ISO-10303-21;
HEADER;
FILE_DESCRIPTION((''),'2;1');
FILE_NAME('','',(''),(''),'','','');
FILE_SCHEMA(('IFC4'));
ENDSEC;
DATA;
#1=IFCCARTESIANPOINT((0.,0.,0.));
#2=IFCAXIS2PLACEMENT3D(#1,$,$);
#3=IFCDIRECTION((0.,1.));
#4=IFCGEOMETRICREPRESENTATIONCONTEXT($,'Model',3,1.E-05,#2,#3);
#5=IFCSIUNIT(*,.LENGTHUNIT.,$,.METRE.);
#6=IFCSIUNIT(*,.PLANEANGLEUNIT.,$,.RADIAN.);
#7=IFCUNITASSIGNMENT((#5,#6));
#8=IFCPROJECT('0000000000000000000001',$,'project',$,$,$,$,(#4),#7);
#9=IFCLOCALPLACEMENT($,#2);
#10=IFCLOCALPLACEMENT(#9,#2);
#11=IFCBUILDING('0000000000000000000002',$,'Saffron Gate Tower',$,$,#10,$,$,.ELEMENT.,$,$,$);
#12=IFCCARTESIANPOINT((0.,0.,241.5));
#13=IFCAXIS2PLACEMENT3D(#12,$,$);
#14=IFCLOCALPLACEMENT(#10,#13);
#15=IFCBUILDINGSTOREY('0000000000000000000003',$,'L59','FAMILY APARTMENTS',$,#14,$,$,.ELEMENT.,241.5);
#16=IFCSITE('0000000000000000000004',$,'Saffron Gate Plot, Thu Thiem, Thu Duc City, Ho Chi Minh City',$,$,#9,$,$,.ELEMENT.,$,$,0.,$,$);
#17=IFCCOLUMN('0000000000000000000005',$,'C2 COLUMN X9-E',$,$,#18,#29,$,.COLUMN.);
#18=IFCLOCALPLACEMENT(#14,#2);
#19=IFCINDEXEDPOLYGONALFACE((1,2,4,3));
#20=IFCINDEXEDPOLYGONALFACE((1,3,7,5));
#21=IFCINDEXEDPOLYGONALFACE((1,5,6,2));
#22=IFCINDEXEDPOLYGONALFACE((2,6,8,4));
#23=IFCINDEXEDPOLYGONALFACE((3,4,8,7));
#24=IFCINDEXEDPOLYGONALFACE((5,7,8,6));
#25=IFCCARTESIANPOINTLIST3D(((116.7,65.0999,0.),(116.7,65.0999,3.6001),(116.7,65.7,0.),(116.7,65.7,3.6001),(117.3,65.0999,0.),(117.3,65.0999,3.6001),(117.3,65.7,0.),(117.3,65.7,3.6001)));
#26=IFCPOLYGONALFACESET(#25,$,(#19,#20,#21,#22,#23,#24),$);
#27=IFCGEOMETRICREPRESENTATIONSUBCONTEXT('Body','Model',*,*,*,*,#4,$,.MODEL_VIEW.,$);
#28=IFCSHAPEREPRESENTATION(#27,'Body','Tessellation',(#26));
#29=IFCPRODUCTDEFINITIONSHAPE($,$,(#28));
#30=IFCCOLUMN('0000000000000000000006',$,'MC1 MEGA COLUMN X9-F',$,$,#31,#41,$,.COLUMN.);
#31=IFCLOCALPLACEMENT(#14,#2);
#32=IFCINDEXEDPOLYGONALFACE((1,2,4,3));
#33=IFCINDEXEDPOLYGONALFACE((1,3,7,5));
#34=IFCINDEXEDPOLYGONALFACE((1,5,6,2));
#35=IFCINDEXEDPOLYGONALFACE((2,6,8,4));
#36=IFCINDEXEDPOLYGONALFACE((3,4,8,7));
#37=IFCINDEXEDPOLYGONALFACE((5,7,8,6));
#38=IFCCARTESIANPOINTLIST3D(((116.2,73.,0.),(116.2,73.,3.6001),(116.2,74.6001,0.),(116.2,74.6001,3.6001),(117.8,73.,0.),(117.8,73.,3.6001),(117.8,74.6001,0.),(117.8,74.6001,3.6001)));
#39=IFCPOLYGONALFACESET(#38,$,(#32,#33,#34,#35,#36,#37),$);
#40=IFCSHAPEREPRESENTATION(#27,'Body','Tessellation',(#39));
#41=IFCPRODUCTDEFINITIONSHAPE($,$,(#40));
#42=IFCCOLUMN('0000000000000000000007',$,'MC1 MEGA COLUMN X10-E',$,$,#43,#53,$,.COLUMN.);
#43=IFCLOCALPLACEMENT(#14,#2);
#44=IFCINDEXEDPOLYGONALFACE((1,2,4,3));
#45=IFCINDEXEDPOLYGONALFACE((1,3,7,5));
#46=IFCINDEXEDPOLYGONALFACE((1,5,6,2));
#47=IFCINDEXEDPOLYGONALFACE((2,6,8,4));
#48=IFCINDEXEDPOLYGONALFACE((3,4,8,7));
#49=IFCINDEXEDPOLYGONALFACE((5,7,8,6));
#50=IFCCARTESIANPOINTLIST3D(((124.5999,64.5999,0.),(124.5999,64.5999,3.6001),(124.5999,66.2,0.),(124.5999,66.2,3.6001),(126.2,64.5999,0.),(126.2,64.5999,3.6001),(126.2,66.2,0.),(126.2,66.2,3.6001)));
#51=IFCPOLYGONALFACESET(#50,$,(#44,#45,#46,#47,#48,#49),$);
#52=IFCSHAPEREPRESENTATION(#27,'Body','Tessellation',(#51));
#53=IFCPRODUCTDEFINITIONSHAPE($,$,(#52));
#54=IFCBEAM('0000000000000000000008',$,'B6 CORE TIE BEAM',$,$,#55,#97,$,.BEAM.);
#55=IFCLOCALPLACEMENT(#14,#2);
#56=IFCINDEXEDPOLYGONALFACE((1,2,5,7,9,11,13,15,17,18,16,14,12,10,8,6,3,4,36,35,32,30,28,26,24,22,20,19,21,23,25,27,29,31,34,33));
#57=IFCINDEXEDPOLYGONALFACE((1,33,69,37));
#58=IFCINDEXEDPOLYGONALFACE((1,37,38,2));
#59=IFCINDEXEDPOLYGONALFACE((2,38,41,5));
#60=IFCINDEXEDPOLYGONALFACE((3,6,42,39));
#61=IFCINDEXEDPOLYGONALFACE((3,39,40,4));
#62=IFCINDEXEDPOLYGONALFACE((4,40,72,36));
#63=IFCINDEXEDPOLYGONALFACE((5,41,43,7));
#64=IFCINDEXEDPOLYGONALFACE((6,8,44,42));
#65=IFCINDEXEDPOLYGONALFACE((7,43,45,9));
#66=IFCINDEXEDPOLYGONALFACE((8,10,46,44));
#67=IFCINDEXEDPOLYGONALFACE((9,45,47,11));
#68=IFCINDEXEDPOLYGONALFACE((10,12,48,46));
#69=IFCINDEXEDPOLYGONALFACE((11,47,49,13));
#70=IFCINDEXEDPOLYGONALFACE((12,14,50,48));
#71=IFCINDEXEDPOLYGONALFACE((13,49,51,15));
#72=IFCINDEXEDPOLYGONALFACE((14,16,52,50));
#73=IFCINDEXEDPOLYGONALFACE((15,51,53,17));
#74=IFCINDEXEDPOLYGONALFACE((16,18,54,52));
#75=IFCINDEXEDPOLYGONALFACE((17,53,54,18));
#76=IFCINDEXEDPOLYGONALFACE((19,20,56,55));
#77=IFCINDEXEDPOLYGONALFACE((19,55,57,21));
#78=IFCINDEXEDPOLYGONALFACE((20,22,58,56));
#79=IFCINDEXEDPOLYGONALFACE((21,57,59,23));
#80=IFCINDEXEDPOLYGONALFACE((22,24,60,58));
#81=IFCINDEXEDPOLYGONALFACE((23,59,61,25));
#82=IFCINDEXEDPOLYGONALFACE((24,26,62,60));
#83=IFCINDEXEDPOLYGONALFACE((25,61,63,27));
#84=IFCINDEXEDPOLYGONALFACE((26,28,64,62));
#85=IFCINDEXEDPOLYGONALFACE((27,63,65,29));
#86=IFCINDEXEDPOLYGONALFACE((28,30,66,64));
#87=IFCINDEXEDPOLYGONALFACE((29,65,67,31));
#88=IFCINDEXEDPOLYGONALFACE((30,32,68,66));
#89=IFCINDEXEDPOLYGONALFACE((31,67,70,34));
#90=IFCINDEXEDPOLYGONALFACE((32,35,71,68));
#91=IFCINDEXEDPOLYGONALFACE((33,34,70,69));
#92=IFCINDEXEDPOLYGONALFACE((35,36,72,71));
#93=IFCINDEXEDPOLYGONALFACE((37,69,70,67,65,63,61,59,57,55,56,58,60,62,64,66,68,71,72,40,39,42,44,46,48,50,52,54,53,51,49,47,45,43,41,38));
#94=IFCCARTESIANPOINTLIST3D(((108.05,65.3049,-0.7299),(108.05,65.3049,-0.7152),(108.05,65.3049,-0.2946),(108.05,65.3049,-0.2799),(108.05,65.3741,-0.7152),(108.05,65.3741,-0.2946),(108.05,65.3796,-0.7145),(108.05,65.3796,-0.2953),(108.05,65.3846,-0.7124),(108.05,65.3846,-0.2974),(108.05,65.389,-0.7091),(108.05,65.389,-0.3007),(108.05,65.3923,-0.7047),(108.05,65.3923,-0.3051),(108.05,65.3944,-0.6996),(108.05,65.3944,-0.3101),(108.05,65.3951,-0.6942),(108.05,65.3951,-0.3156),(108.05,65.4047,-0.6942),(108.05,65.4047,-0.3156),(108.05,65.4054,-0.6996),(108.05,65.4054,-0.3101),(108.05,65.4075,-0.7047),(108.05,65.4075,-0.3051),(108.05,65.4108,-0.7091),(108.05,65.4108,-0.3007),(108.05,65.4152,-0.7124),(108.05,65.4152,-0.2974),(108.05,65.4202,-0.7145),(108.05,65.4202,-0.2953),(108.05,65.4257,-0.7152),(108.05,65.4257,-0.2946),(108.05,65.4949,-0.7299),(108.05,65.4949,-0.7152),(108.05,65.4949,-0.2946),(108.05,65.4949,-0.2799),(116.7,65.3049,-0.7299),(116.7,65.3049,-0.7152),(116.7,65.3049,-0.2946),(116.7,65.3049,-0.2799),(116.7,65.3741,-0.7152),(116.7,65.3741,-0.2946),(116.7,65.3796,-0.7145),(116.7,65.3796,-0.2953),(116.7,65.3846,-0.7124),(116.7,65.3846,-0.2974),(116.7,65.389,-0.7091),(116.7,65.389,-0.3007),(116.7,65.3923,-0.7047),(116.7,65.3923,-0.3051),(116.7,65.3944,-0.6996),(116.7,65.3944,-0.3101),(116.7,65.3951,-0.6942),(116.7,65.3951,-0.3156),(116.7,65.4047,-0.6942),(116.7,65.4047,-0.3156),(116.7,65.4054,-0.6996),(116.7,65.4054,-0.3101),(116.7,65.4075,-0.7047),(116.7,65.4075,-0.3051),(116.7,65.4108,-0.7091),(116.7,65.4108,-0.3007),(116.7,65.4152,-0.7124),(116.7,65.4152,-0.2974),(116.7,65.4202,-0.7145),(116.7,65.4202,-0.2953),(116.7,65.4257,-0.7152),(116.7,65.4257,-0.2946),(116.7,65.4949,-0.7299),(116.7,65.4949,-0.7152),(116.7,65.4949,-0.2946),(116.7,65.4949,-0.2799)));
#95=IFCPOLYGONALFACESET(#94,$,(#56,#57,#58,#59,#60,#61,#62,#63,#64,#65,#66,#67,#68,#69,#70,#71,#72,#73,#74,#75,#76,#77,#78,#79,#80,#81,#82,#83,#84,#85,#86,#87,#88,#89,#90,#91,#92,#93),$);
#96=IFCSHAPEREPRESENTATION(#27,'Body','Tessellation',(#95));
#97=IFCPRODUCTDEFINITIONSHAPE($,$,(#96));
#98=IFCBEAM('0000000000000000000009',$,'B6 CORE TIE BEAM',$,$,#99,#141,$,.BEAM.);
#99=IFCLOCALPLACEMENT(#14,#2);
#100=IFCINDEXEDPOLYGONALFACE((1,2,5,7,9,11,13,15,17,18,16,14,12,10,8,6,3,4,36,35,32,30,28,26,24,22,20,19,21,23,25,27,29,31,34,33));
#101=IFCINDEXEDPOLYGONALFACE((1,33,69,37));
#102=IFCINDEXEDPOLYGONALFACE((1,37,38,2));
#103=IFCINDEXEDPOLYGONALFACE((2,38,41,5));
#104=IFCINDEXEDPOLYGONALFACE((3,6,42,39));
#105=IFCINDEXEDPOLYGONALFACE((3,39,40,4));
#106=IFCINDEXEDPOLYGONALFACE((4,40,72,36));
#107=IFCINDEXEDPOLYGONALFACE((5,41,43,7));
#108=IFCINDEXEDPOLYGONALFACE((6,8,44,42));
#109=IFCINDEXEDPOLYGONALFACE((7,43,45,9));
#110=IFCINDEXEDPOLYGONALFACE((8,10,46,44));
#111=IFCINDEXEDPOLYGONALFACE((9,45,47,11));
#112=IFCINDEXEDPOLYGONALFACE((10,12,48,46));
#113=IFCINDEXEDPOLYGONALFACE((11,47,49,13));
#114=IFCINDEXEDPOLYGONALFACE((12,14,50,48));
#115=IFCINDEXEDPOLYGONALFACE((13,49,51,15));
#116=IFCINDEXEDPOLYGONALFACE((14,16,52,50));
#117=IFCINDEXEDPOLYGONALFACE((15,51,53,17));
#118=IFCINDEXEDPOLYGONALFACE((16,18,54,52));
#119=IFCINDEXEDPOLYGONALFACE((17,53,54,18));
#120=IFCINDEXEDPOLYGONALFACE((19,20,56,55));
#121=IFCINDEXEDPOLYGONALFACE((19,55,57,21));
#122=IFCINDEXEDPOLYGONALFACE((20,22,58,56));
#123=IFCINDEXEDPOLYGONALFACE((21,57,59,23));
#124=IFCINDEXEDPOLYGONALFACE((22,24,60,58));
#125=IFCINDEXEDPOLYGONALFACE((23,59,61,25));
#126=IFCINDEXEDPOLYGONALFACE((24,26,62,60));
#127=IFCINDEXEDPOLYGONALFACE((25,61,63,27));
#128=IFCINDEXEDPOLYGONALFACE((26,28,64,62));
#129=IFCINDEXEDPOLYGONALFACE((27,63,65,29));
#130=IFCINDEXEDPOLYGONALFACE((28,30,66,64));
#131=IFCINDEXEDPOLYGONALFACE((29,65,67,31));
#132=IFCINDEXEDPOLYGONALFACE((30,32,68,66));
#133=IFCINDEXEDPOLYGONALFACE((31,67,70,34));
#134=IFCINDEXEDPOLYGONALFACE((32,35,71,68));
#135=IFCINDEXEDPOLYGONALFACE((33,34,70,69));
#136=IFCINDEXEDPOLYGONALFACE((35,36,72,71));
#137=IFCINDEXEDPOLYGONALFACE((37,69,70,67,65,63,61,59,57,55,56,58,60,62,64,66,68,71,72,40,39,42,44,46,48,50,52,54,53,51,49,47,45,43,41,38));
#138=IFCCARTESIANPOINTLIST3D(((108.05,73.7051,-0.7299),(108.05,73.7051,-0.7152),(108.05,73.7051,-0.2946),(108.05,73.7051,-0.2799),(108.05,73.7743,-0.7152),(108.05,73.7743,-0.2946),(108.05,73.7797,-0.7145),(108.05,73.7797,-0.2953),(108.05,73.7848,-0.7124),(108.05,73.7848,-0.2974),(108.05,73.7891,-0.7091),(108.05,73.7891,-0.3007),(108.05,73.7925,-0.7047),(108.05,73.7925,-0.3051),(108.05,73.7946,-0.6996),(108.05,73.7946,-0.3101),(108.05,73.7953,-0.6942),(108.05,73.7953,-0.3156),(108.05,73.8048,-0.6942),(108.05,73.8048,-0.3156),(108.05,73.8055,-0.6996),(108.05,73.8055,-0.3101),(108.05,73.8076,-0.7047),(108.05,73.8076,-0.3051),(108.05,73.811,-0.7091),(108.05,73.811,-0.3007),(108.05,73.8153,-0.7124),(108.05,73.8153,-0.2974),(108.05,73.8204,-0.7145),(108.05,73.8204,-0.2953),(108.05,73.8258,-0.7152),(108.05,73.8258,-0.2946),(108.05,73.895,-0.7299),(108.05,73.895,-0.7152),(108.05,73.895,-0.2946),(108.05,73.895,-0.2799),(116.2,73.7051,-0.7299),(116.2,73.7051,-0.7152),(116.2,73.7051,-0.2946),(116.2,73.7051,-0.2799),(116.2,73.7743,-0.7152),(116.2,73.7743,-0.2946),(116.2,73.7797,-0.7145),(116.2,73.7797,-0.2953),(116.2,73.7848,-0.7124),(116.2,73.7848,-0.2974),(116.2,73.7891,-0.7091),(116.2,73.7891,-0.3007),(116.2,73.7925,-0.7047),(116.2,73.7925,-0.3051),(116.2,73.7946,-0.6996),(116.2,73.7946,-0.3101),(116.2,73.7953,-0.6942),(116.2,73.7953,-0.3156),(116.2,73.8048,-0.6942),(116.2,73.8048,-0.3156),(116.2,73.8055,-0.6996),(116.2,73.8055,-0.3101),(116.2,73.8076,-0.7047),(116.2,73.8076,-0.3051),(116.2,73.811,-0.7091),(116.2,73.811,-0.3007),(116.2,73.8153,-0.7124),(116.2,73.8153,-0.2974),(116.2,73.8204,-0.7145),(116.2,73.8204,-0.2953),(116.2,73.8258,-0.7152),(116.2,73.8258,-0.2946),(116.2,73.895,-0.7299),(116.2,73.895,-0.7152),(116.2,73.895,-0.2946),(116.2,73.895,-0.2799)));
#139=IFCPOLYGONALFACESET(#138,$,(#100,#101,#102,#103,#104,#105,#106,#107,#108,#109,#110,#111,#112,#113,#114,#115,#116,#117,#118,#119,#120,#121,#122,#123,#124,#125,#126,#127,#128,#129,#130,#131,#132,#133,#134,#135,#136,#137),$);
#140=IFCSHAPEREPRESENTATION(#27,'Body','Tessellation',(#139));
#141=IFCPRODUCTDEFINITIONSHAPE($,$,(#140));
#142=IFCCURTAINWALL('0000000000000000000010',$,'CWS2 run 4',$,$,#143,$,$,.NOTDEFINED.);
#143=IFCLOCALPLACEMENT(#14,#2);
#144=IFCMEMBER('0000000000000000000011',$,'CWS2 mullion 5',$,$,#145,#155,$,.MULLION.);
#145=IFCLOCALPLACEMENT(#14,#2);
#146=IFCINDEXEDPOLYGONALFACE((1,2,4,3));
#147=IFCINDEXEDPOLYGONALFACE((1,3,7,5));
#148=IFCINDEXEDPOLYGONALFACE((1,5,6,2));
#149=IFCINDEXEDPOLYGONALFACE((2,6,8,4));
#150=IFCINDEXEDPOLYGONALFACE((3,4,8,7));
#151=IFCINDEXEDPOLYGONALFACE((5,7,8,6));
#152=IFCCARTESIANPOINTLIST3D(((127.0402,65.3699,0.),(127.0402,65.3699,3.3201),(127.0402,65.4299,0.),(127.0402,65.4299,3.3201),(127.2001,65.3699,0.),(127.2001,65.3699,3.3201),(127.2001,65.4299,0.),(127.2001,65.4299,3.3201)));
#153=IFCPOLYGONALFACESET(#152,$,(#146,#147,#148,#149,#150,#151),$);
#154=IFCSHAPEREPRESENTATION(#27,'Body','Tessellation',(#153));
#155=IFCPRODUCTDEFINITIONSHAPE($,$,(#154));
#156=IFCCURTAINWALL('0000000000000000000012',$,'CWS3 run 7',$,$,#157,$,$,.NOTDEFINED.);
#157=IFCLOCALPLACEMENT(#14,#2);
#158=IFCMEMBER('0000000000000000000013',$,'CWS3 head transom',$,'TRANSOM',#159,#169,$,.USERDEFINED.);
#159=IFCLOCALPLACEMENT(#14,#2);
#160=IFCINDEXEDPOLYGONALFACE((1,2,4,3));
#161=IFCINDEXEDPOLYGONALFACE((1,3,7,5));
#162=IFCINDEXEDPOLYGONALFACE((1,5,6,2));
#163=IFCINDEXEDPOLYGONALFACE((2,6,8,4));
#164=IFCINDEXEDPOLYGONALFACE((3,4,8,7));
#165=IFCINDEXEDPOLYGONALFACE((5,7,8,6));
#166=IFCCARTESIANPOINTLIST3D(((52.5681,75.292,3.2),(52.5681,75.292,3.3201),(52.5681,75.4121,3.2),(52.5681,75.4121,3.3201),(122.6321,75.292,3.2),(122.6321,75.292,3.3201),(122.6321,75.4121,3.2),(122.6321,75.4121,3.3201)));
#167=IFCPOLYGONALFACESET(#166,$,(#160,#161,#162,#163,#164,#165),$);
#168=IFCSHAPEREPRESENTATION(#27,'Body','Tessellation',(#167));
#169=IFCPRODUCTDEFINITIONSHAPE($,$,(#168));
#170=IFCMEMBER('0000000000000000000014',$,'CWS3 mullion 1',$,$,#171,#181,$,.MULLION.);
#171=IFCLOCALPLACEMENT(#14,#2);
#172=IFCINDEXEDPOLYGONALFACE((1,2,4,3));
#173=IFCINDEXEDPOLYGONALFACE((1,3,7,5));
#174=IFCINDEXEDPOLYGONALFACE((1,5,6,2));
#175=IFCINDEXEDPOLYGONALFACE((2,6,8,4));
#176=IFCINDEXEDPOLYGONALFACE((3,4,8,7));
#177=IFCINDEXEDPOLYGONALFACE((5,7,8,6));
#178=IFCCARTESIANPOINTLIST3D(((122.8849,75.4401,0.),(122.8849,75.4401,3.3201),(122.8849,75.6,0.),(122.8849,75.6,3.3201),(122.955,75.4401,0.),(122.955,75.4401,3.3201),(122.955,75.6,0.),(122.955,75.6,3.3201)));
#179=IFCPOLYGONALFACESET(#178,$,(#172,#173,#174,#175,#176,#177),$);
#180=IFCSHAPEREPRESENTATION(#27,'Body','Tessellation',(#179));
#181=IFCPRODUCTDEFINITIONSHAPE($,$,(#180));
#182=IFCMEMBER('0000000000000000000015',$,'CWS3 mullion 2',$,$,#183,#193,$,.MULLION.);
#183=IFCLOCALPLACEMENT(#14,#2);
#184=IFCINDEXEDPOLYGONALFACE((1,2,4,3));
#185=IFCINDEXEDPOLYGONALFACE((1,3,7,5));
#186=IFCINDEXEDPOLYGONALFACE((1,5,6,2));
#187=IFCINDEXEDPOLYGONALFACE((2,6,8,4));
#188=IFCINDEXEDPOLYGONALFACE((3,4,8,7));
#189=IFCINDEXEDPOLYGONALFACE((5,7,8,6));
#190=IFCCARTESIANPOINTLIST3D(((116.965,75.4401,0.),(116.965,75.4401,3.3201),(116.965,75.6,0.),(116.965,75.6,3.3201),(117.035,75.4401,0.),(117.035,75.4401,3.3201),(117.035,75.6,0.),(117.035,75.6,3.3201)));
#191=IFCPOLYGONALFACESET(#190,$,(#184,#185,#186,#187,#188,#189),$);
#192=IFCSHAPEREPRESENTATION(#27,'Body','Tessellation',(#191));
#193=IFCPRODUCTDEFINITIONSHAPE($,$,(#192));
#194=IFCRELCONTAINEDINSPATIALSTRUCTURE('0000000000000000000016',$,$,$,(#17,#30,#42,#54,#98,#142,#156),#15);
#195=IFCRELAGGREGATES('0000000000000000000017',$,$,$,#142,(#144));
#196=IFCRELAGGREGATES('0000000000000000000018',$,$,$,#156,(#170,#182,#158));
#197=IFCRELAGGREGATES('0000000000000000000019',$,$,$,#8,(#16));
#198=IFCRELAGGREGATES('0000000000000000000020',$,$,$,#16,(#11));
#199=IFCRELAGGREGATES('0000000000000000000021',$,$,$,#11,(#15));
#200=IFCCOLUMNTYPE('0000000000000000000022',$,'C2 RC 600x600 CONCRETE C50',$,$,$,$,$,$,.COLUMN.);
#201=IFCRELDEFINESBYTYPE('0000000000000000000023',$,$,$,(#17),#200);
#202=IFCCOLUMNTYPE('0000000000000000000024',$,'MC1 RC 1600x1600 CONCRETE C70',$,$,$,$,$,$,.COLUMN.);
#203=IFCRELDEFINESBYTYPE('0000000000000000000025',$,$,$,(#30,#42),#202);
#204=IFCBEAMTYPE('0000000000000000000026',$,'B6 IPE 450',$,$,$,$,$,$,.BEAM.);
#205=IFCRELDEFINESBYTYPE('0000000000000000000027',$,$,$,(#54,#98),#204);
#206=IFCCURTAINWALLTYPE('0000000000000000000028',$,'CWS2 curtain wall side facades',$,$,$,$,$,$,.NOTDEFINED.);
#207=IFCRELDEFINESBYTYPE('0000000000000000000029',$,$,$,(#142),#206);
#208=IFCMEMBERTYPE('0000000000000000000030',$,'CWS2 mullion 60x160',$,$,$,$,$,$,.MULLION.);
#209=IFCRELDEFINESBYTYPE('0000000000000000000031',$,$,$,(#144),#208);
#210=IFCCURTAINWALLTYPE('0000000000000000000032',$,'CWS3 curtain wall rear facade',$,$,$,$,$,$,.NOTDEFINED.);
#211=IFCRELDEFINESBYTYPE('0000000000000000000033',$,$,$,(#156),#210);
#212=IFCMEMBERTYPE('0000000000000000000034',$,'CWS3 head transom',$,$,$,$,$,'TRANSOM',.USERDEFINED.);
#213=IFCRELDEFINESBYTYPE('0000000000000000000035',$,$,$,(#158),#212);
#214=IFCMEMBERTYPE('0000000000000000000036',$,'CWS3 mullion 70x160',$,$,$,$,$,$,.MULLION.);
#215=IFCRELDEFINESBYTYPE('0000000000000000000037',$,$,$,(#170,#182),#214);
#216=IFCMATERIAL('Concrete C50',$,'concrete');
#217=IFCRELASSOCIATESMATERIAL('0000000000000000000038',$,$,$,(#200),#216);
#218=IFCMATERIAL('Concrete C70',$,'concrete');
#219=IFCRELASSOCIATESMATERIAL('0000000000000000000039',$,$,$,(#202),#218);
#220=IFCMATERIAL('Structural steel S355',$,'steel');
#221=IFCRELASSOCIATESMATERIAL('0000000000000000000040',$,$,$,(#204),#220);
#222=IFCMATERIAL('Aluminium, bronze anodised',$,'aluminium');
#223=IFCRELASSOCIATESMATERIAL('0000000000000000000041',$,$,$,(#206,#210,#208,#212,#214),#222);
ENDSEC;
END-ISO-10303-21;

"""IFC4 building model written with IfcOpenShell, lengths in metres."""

from ifc_helpers import new_model, si_unit, direction, frame, origin, origin_2d, place, context, subcontext, project, spatial, rectangle, i_section, extrude, material, material_profile, profile_set, type_object, element, aggregate, save


model = new_model("IFC4")

# Units and contexts
model_context = context("Model", 3, precision=1e-05, world=origin(), true_north=direction((0.0, 1.0)))
body_context = subcontext(model_context, "Body", "Model", "MODEL_VIEW")
ifc_project = project(units=[si_unit("LENGTHUNIT", "METRE"), si_unit("PLANEANGLEUNIT", "RADIAN")], contexts=[model_context])

# Site, building, storey
site_placement = place(None, origin())
site = spatial("IfcSite", under=ifc_project, at=site_placement, Name="Saffron Gate Plot, Thu Thiem, Thu Duc City, Ho Chi Minh City", CompositionType="ELEMENT", RefElevation=0.0)
building_placement = place(site_placement, origin())
building = spatial("IfcBuilding", under=site, at=building_placement, Name="Saffron Gate Tower", CompositionType="ELEMENT")
storey_placement = place(building_placement, frame((0.0, 0.0, 241.5)))
storey = spatial("IfcBuildingStorey", under=building, at=storey_placement, Name="L59", Description="FAMILY APARTMENTS", CompositionType="ELEMENT", Elevation=241.5)

# Columns
ifc_material_1 = material(Name="Concrete C50", Category="concrete")
ifc_material_profile_1 = material_profile(ifc_material_1, rectangle(XDim=0.6001, YDim=0.6001, at=origin_2d()))
ifc_profile_set_1 = profile_set([ifc_material_profile_1], Name="Concrete C50")
column_type_1 = type_object("IfcColumnType", Name="C2 RC 600x600 CONCRETE C50", PredefinedType="COLUMN", material=ifc_profile_set_1)
column_placement = place(storey_placement, frame((117.0, 65.3999, 0.0), z_axis=(0.0, 0.0, 1.0), x_axis=(1.0, 0.0, 0.0)))
element("IfcColumn", 1, at=column_placement, inside=storey, type_object=column_type_1, Name="C2 COLUMN X9-E", PredefinedType="COLUMN", context=body_context, shape_type="SweptSolid", body=[
    extrude(rectangle(XDim=0.6001, YDim=0.6001, at=origin_2d()), origin(), (0.0, 0.0, 1.0), 3.6001),
])
ifc_material_2 = material(Name="Concrete C70", Category="concrete")
ifc_material_profile_2 = material_profile(ifc_material_2, rectangle(XDim=1.6001, YDim=1.6001, at=origin_2d()))
ifc_profile_set_2 = profile_set([ifc_material_profile_2], Name="Concrete C70")
column_type_2 = type_object("IfcColumnType", Name="MC1 RC 1600x1600 CONCRETE C70", PredefinedType="COLUMN", material=ifc_profile_set_2)
for number, where, z_axis, x_axis, name in (
    (2, (117.0, 73.8, 0.0), (0.0, 0.0, 1.0), (1.0, 0.0, 0.0), "MC1 MEGA COLUMN X9-F"),
    (3, (125.3999, 65.3999, 0.0), (0.0, 0.0, 1.0), (1.0, 0.0, 0.0), "MC1 MEGA COLUMN X10-E"),
):
    element("IfcColumn", number, at=place(storey_placement, frame(where, z_axis=z_axis, x_axis=x_axis)), inside=storey, type_object=column_type_2, Name=name, PredefinedType="COLUMN", context=body_context, shape_type="SweptSolid", body=[
        extrude(rectangle(XDim=1.6001, YDim=1.6001, at=origin_2d()), origin(), (0.0, 0.0, 1.0), 3.6001),
    ])

# Beams
ifc_material_3 = material(Name="Structural steel S355", Category="steel")
ifc_material_profile_3 = material_profile(ifc_material_3, i_section(OverallWidth=0.1899, OverallDepth=0.45, WebThickness=0.0095, FlangeThickness=0.0146, FilletRadius=0.021, at=origin_2d()))
ifc_profile_set_3 = profile_set([ifc_material_profile_3], Name="Structural steel S355")
beam_type = type_object("IfcBeamType", Name="B6 IPE 450", PredefinedType="BEAM", material=ifc_profile_set_3)
beam_1_placement = place(storey_placement, frame((116.7, 65.3999, -0.5049), z_axis=(-1.0, 0.0, 0.0), x_axis=(0.0, -1.0, 0.0)))
element("IfcBeam", 4, at=beam_1_placement, inside=storey, type_object=beam_type, Name="B6 CORE TIE BEAM", PredefinedType="BEAM", context=body_context, shape_type="SweptSolid", body=[
    extrude(i_section(OverallWidth=0.1899, OverallDepth=0.45, WebThickness=0.0095, FlangeThickness=0.0146, FilletRadius=0.021, at=origin_2d()), origin(), (0.0, 0.0, 1.0), 8.6499),
])
beam_2_placement = place(storey_placement, frame((116.2, 73.8, -0.5049), z_axis=(-1.0, 0.0, 0.0), x_axis=(0.0, -1.0, 0.0)))
element("IfcBeam", 5, at=beam_2_placement, inside=storey, type_object=beam_type, Name="B6 CORE TIE BEAM", PredefinedType="BEAM", context=body_context, shape_type="SweptSolid", body=[
    extrude(i_section(OverallWidth=0.1899, OverallDepth=0.45, WebThickness=0.0095, FlangeThickness=0.0146, FilletRadius=0.021, at=origin_2d()), origin(), (0.0, 0.0, 1.0), 8.1499),
])

# Curtain wall, member
ifc_material_4 = material(Name="Aluminium, bronze anodised", Category="aluminium")
curtain_wall_type_1 = type_object("IfcCurtainWallType", Name="CWS2 curtain wall side facades", PredefinedType="NOTDEFINED", material=ifc_material_4)
curtain_wall_1_placement = place(storey_placement, origin())
curtain_wall_1 = element("IfcCurtainWall", 6, at=curtain_wall_1_placement, inside=storey, type_object=curtain_wall_type_1, Name="CWS2 run 4", PredefinedType="NOTDEFINED")
ifc_material_profile_4 = material_profile(ifc_material_4, rectangle(XDim=0.1599, YDim=0.0601, at=origin_2d()))
ifc_profile_set_4 = profile_set([ifc_material_profile_4], Name="Aluminium, bronze anodised")
member_type_1 = type_object("IfcMemberType", Name="CWS2 mullion 60x160", PredefinedType="MULLION", material=ifc_profile_set_4)
member_1_placement = place(storey_placement, frame((127.1201, 65.3999, 0.0), z_axis=(0.0, 0.0, 1.0), x_axis=(-1.0, 0.0, 0.0)))
member_1 = element("IfcMember", 7, at=member_1_placement, type_object=member_type_1, Name="CWS2 mullion 5", PredefinedType="MULLION", context=body_context, shape_type="SweptSolid", body=[
    extrude(rectangle(XDim=0.1599, YDim=0.0601, at=origin_2d()), origin(), (0.0, 0.0, 1.0), 3.3201),
])
aggregate(curtain_wall_1, [member_1])

# Curtain wall, members
curtain_wall_type_2 = type_object("IfcCurtainWallType", Name="CWS3 curtain wall rear facade", PredefinedType="NOTDEFINED", material=ifc_material_4)
curtain_wall_2_placement = place(storey_placement, origin())
curtain_wall_2 = element("IfcCurtainWall", 8, at=curtain_wall_2_placement, inside=storey, type_object=curtain_wall_type_2, Name="CWS3 run 7", PredefinedType="NOTDEFINED")
ifc_material_profile_5 = material_profile(ifc_material_4, rectangle(XDim=0.1201, YDim=0.1201, at=origin_2d()))
ifc_profile_set_5 = profile_set([ifc_material_profile_5], Name="Aluminium, bronze anodised")
member_type_2 = type_object("IfcMemberType", Name="CWS3 head transom", ElementType="TRANSOM", PredefinedType="USERDEFINED", material=ifc_profile_set_5)
member_2_placement = place(storey_placement, frame((122.6321, 75.3521, 3.26), z_axis=(-1.0, 0.0, 0.0), x_axis=(0.0, -1.0, 0.0)))
member_2 = element("IfcMember", 9, at=member_2_placement, type_object=member_type_2, Name="CWS3 head transom", ObjectType="TRANSOM", PredefinedType="USERDEFINED", context=body_context, shape_type="SweptSolid", body=[
    extrude(rectangle(XDim=0.1201, YDim=0.1201, at=origin_2d()), origin(), (0.0, 0.0, 1.0), 70.064),
])
ifc_material_profile_6 = material_profile(ifc_material_4, rectangle(XDim=0.1599, YDim=0.0701, at=origin_2d()))
ifc_profile_set_6 = profile_set([ifc_material_profile_6], Name="Aluminium, bronze anodised")
member_type_3 = type_object("IfcMemberType", Name="CWS3 mullion 70x160", PredefinedType="MULLION", material=ifc_profile_set_6)
member_3_placement = place(storey_placement, frame((122.9199, 75.52, 0.0), z_axis=(0.0, 0.0, 1.0), x_axis=(0.0, -1.0, 0.0)))
member_3 = element("IfcMember", 10, at=member_3_placement, type_object=member_type_3, Name="CWS3 mullion 1", PredefinedType="MULLION", context=body_context, shape_type="SweptSolid", body=[
    extrude(rectangle(XDim=0.1599, YDim=0.0701, at=origin_2d()), origin(), (0.0, 0.0, 1.0), 3.3201),
])
member_4_placement = place(storey_placement, frame((117.0, 75.52, 0.0), z_axis=(0.0, 0.0, 1.0), x_axis=(0.0, -1.0, 0.0)))
member_4 = element("IfcMember", 11, at=member_4_placement, type_object=member_type_3, Name="CWS3 mullion 2", PredefinedType="MULLION", context=body_context, shape_type="SweptSolid", body=[
    extrude(rectangle(XDim=0.1599, YDim=0.0701, at=origin_2d()), origin(), (0.0, 0.0, 1.0), 3.3201),
])

aggregate(curtain_wall_2, [member_3, member_4, member_2])

save(model, "model.ifc")
